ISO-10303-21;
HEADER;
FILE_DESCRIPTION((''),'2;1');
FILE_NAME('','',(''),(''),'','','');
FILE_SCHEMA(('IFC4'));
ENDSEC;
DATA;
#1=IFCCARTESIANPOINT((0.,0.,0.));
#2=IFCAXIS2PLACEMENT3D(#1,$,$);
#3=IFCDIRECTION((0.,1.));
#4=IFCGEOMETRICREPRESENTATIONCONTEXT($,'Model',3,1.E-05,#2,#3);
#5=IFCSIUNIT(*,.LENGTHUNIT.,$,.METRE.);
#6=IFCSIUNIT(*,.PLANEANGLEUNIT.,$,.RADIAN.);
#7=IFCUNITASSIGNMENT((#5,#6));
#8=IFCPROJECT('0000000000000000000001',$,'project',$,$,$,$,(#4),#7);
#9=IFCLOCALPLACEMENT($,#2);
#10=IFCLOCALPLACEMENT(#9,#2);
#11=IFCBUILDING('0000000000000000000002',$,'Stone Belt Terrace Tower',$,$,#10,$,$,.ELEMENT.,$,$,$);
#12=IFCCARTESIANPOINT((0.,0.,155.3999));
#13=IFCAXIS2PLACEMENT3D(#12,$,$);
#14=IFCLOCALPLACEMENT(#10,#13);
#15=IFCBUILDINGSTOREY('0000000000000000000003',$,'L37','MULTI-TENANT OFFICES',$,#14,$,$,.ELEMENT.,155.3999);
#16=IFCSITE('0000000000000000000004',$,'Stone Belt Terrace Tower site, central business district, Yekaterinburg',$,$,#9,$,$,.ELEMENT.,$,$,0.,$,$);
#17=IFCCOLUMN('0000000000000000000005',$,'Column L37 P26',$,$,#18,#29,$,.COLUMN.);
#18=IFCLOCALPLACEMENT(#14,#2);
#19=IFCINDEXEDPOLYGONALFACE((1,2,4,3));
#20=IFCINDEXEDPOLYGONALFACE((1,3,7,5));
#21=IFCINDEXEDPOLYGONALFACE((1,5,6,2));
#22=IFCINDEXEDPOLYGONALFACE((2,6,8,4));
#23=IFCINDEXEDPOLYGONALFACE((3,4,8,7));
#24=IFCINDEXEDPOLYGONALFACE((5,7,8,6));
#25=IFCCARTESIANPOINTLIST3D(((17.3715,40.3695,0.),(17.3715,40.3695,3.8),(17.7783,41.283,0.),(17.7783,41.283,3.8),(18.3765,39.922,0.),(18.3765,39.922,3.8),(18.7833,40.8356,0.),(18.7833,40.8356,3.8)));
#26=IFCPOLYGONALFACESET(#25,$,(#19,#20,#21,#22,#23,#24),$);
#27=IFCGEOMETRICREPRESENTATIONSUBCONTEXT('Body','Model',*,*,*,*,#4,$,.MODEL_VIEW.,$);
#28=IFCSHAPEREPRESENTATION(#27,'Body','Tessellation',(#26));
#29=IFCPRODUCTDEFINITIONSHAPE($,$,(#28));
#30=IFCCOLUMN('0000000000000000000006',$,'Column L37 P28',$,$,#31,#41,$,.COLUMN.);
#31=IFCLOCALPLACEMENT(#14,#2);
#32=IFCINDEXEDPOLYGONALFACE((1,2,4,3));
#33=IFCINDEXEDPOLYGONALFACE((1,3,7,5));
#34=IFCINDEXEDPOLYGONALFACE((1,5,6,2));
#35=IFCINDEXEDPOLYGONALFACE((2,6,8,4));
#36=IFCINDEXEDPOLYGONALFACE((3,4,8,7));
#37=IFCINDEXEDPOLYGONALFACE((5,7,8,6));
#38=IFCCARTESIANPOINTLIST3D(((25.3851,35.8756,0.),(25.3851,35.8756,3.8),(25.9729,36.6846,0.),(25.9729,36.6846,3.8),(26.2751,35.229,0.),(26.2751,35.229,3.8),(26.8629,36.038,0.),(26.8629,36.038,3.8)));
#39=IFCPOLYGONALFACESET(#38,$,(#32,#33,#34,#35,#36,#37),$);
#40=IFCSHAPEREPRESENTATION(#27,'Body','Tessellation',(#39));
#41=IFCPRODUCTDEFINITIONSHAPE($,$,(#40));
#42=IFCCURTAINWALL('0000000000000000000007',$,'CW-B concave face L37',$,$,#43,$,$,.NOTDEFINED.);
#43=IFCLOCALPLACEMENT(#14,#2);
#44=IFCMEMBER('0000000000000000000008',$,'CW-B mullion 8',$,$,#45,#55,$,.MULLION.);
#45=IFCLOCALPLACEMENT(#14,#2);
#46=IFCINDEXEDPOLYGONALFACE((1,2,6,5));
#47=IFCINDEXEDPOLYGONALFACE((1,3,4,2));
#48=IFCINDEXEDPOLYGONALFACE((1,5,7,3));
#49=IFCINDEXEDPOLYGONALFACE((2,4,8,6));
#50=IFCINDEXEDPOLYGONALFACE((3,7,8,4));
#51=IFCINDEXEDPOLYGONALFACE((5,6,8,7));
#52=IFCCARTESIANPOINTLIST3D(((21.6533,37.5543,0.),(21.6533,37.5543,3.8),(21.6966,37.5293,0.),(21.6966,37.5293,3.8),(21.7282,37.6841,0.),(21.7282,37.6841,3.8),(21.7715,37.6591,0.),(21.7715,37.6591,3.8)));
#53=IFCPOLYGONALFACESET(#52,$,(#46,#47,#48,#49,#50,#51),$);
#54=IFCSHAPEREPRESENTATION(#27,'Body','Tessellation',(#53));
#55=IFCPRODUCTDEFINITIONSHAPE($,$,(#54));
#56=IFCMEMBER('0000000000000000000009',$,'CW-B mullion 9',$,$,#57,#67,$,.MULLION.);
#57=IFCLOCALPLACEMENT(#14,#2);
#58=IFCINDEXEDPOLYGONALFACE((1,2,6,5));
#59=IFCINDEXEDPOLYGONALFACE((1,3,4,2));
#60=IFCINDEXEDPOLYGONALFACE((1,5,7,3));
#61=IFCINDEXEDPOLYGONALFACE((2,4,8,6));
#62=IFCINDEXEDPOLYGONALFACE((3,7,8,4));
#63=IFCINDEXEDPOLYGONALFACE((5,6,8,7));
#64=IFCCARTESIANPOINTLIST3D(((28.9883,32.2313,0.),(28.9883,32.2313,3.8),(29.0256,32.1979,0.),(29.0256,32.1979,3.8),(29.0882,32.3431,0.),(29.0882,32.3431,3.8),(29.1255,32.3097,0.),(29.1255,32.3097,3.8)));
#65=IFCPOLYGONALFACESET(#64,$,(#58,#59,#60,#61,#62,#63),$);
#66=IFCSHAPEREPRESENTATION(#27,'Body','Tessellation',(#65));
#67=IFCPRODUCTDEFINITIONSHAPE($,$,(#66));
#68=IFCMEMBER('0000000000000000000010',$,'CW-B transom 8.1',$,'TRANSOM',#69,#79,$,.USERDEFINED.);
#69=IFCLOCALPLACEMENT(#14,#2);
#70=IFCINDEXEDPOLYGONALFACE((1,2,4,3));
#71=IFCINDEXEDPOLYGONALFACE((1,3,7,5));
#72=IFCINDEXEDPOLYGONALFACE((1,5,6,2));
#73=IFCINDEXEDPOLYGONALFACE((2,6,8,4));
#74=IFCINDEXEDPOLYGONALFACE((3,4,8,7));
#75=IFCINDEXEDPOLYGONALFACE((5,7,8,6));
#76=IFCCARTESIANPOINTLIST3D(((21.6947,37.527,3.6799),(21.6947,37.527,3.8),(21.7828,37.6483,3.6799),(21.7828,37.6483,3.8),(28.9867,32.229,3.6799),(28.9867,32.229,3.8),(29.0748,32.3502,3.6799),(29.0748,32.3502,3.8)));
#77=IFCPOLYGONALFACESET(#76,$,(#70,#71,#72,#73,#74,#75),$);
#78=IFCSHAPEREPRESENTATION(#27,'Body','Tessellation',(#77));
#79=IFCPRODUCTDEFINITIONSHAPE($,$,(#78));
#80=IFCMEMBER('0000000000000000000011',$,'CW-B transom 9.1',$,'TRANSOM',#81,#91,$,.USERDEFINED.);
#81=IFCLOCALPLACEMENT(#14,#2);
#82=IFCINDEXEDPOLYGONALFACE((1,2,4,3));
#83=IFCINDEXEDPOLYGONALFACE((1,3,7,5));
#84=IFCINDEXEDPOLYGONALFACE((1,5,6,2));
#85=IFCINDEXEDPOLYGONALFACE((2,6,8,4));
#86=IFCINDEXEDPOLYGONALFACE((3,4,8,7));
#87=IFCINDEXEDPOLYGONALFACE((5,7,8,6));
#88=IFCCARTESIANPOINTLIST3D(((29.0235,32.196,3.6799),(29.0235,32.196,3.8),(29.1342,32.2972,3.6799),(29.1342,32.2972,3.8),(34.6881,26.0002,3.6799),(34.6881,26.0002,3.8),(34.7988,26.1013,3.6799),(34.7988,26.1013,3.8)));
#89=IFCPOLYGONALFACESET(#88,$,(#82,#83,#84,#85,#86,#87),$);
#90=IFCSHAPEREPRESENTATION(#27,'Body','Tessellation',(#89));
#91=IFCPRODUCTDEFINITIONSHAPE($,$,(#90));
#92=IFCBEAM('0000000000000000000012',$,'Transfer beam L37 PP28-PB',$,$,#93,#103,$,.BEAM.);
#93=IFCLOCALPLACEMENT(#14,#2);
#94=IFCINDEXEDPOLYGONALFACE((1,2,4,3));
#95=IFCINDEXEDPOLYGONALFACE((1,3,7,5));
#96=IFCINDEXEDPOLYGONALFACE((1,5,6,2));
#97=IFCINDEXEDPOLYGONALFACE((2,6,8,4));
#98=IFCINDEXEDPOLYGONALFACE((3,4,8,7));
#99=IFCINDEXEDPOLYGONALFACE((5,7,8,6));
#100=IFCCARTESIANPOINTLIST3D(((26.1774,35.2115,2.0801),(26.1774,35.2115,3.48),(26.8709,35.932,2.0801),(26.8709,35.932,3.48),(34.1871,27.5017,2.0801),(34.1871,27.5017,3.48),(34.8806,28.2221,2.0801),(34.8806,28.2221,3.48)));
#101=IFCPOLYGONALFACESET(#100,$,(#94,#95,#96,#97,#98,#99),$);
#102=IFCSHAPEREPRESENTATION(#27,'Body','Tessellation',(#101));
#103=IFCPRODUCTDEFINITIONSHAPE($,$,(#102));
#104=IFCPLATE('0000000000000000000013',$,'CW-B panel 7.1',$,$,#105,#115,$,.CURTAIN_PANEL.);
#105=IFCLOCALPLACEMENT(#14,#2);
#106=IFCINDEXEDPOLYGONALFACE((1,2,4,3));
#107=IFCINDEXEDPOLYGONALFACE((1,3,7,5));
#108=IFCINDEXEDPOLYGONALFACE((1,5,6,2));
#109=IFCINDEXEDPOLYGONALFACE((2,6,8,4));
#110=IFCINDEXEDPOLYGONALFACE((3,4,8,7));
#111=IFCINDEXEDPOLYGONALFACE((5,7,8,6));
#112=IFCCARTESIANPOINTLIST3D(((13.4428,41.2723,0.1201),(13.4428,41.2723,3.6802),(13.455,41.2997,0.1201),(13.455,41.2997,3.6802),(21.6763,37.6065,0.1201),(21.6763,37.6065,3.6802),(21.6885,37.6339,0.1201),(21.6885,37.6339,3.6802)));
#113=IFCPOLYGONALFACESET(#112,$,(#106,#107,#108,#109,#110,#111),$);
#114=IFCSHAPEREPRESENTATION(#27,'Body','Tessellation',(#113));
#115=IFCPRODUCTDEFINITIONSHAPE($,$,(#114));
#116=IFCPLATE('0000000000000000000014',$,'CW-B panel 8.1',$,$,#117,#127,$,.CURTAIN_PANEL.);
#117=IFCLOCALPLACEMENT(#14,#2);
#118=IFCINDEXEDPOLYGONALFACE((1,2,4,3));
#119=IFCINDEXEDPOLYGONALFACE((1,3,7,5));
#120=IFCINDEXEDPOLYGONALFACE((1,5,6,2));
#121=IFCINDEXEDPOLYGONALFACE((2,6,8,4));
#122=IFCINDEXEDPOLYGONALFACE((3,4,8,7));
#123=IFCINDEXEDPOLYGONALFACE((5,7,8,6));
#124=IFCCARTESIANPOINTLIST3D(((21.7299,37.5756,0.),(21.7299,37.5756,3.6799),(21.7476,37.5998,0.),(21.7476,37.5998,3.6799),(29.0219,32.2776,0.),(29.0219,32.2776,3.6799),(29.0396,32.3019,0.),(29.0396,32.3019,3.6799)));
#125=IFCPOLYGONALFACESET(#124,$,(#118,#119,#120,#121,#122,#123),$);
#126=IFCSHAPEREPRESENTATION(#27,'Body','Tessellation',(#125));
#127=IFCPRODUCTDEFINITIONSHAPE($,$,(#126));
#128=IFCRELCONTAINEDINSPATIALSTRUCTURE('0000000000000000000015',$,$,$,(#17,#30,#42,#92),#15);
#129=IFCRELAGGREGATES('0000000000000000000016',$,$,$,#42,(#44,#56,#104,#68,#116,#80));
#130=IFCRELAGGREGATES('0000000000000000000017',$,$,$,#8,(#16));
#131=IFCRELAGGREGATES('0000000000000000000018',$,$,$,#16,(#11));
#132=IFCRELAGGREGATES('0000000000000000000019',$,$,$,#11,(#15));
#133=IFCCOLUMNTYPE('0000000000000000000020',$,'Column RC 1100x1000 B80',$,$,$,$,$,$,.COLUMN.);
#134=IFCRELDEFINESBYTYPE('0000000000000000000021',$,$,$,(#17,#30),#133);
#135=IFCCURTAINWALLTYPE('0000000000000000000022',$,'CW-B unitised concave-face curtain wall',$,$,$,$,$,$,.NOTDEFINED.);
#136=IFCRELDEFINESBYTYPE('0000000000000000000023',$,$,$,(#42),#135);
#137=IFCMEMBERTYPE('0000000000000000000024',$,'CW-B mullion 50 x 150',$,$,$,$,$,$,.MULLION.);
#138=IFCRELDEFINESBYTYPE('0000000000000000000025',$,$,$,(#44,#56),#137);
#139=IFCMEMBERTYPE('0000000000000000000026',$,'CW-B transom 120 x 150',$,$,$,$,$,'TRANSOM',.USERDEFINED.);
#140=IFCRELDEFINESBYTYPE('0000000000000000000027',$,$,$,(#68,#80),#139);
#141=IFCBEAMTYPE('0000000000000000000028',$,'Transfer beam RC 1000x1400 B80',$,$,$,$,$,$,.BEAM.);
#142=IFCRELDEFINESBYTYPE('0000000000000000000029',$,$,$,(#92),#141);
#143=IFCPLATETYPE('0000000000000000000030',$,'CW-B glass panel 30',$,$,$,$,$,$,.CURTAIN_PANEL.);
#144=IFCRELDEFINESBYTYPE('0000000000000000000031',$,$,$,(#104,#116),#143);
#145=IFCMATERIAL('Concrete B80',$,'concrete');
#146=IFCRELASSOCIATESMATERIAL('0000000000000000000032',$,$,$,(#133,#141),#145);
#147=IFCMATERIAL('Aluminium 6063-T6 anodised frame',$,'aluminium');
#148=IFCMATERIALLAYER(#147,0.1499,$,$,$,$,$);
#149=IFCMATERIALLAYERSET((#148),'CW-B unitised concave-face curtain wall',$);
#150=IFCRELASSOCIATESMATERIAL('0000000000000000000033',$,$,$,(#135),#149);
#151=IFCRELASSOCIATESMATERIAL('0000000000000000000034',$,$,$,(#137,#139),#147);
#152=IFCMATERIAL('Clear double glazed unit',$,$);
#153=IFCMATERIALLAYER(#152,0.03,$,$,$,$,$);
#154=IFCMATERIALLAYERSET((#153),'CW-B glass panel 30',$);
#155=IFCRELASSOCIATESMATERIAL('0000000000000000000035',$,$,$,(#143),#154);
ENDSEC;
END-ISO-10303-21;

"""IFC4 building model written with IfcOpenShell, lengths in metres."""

from ifc_helpers import new_model, si_unit, direction, frame, origin, origin_2d, place, context, subcontext, project, spatial, rectangle, extrude, material, layer, layer_set, material_profile, profile_set, type_object, element, aggregate, save


model = new_model("IFC4")

# Units and contexts
model_context = context("Model", 3, precision=1e-05, world=origin(), true_north=direction((0.0, 1.0)))
body_context = subcontext(model_context, "Body", "Model", "MODEL_VIEW")
ifc_project = project(units=[si_unit("LENGTHUNIT", "METRE"), si_unit("PLANEANGLEUNIT", "RADIAN")], contexts=[model_context])

# Site, building, storey
site_placement = place(None, origin())
site = spatial("IfcSite", under=ifc_project, at=site_placement, Name="Stone Belt Terrace Tower site, central business district, Yekaterinburg", CompositionType="ELEMENT", RefElevation=0.0)
building_placement = place(site_placement, origin())
building = spatial("IfcBuilding", under=site, at=building_placement, Name="Stone Belt Terrace Tower", CompositionType="ELEMENT")
storey_placement = place(building_placement, frame((0.0, 0.0, 155.3999)))
storey = spatial("IfcBuildingStorey", under=building, at=storey_placement, Name="L37", Description="MULTI-TENANT OFFICES", CompositionType="ELEMENT", Elevation=155.3999)

# Columns
ifc_material_1 = material(Name="Concrete B80", Category="concrete")
ifc_material_profile_1 = material_profile(ifc_material_1, rectangle(XDim=1.1001, YDim=1.0, at=origin_2d()), Name="RC 1100x1000")
ifc_profile_set_1 = profile_set([ifc_material_profile_1], Name="Concrete B80")
column_type = type_object("IfcColumnType", Name="Column RC 1100x1000 B80", PredefinedType="COLUMN", material=ifc_profile_set_1)
for number, where, z_axis, x_axis, name in (
    (1, (18.0774, 40.6025, 0.0), (0.0, 0.0, 1.0), (0.913545, -0.406737, 0.0), "Column L37 P26"),
    (2, (26.124, 35.9568, 0.0), (0.0, 0.0, 1.0), (0.809017, -0.587785, 0.0), "Column L37 P28"),
):
    element("IfcColumn", number, at=place(storey_placement, frame(where, z_axis=z_axis, x_axis=x_axis)), inside=storey, type_object=column_type, Name=name, PredefinedType="COLUMN", context=body_context, shape_type="SweptSolid", body=[
        extrude(rectangle(XDim=1.1001, YDim=1.0, at=origin_2d()), origin(), (0.0, 0.0, 1.0), 3.8),
    ])

# Curtain wall, members
ifc_material_2 = material(Name="Aluminium 6063-T6 anodised frame", Category="aluminium")
ifc_layer_1 = layer(ifc_material_2, 0.1499)
ifc_layer_set_1 = layer_set([ifc_layer_1], Name="CW-B unitised concave-face curtain wall")
curtain_wall_type = type_object("IfcCurtainWallType", Name="CW-B unitised concave-face curtain wall", PredefinedType="NOTDEFINED", material=ifc_layer_set_1)
curtain_wall_placement = place(storey_placement, origin())
curtain_wall = element("IfcCurtainWall", 3, at=curtain_wall_placement, inside=storey, type_object=curtain_wall_type, Name="CW-B concave face L37", PredefinedType="NOTDEFINED")
ifc_material_profile_2 = material_profile(ifc_material_2, rectangle(XDim=0.1499, YDim=0.05, at=origin_2d()), Name="Aluminium 6063-T6 50x150")
ifc_profile_set_2 = profile_set([ifc_material_profile_2], Name="Aluminium 6063-T6 anodised frame")
member_type_1 = type_object("IfcMemberType", Name="CW-B mullion 50 x 150", PredefinedType="MULLION", material=ifc_profile_set_2)
member_1_placement = place(storey_placement, frame((21.7124, 37.6067, 0.0), z_axis=(0.0, 0.0, 1.0), x_axis=(0.5, 0.866025, 0.0)))
member_1 = element("IfcMember", 4, at=member_1_placement, type_object=member_type_1, Name="CW-B mullion 8", PredefinedType="MULLION", context=body_context, shape_type="SweptSolid", body=[
    extrude(rectangle(XDim=0.1499, YDim=0.05, at=origin_2d()), origin(), (0.0, 0.0, 1.0), 3.8),
])
member_2_placement = place(storey_placement, frame((29.0569, 32.2705, 0.0), z_axis=(0.0, 0.0, 1.0), x_axis=(0.666301, 0.745683, 0.0)))
member_2 = element("IfcMember", 5, at=member_2_placement, type_object=member_type_1, Name="CW-B mullion 9", PredefinedType="MULLION", context=body_context, shape_type="SweptSolid", body=[
    extrude(rectangle(XDim=0.1499, YDim=0.05, at=origin_2d()), origin(), (0.0, 0.0, 1.0), 3.8),
])
ifc_material_profile_3 = material_profile(ifc_material_2, rectangle(XDim=0.1499, YDim=0.1201, at=origin_2d()), Name="Aluminium 6063-T6 150x120")
ifc_profile_set_3 = profile_set([ifc_material_profile_3], Name="Aluminium 6063-T6 anodised frame")
member_type_2 = type_object("IfcMemberType", Name="CW-B transom 120 x 150", ElementType="TRANSOM", PredefinedType="USERDEFINED", material=ifc_profile_set_3)
member_3_placement = place(storey_placement, frame((21.7388, 37.5876, 3.74), z_axis=(0.809009, -0.587796, 0.0), x_axis=(0.587796, 0.809009, 0.0)))
member_3 = element("IfcMember", 6, at=member_3_placement, type_object=member_type_2, Name="CW-B transom 8.1", ObjectType="TRANSOM", PredefinedType="USERDEFINED", context=body_context, shape_type="SweptSolid", body=[
    extrude(rectangle(XDim=0.1499, YDim=0.1201, at=origin_2d()), origin(), (0.0, 0.0, 1.0), 9.0134),
])
member_4_placement = place(storey_placement, frame((29.0789, 32.2466, 3.74), z_axis=(0.674757, -0.73804, 0.0), x_axis=(0.73804, 0.674757, 0.0)))
member_4 = element("IfcMember", 7, at=member_4_placement, type_object=member_type_2, Name="CW-B transom 9.1", ObjectType="TRANSOM", PredefinedType="USERDEFINED", context=body_context, shape_type="SweptSolid", body=[
    extrude(rectangle(XDim=0.1499, YDim=0.1201, at=origin_2d()), origin(), (0.0, 0.0, 1.0), 8.395),
])

# Beam
ifc_material_profile_4 = material_profile(ifc_material_1, rectangle(XDim=1.0, YDim=1.3999, at=origin_2d()), Name="RC 1000x1400")
ifc_profile_set_4 = profile_set([ifc_material_profile_4], Name="Concrete B80")
beam_type = type_object("IfcBeamType", Name="Transfer beam RC 1000x1400 B80", PredefinedType="BEAM", material=ifc_profile_set_4)
beam_placement = place(storey_placement, frame((26.5242, 35.5718, 2.78), z_axis=(0.720462, -0.693495, 0.0), x_axis=(0.693495, 0.720462, 0.0)))
element("IfcBeam", 8, at=beam_placement, inside=storey, type_object=beam_type, Name="Transfer beam L37 PP28-PB", PredefinedType="BEAM", context=body_context, shape_type="SweptSolid", body=[
    extrude(rectangle(XDim=1.0, YDim=1.3999, at=origin_2d()), origin(), (0.0, 0.0, 1.0), 11.1174),
])

# Plates
ifc_material_3 = material(Name="Clear double glazed unit")
ifc_layer_2 = layer(ifc_material_3, 0.03)
ifc_layer_set_2 = layer_set([ifc_layer_2], Name="CW-B glass panel 30")
plate_type = type_object("IfcPlateType", Name="CW-B glass panel 30", PredefinedType="CURTAIN_PANEL", material=ifc_layer_set_2)
plate_1_placement = place(storey_placement, frame((17.5657, 39.4531, 0.1201), z_axis=(0.0, 0.0, 1.0), x_axis=(0.913545, -0.406737, 0.0)))
plate_1 = element("IfcPlate", 9, at=plate_1_placement, type_object=plate_type, Name="CW-B panel 7.1", PredefinedType="CURTAIN_PANEL", context=body_context, shape_type="SweptSolid", body=[
    extrude(rectangle(XDim=9.0127, YDim=0.03, at=origin_2d()), origin(), (0.0, 0.0, 1.0), 3.5601),
])
plate_2_placement = place(storey_placement, frame((25.3848, 34.9387, 0.0), z_axis=(0.0, 0.0, 1.0), x_axis=(0.809017, -0.587785, 0.0)))
plate_2 = element("IfcPlate", 10, at=plate_2_placement, type_object=plate_type, Name="CW-B panel 8.1", PredefinedType="CURTAIN_PANEL", context=body_context, shape_type="SweptSolid", body=[
    extrude(rectangle(XDim=9.0134, YDim=0.03, at=origin_2d()), origin(), (0.0, 0.0, 1.0), 3.6799),
])
aggregate(curtain_wall, [member_1, member_2, plate_1, member_3, plate_2, member_4])

save(model, "model.ifc")
